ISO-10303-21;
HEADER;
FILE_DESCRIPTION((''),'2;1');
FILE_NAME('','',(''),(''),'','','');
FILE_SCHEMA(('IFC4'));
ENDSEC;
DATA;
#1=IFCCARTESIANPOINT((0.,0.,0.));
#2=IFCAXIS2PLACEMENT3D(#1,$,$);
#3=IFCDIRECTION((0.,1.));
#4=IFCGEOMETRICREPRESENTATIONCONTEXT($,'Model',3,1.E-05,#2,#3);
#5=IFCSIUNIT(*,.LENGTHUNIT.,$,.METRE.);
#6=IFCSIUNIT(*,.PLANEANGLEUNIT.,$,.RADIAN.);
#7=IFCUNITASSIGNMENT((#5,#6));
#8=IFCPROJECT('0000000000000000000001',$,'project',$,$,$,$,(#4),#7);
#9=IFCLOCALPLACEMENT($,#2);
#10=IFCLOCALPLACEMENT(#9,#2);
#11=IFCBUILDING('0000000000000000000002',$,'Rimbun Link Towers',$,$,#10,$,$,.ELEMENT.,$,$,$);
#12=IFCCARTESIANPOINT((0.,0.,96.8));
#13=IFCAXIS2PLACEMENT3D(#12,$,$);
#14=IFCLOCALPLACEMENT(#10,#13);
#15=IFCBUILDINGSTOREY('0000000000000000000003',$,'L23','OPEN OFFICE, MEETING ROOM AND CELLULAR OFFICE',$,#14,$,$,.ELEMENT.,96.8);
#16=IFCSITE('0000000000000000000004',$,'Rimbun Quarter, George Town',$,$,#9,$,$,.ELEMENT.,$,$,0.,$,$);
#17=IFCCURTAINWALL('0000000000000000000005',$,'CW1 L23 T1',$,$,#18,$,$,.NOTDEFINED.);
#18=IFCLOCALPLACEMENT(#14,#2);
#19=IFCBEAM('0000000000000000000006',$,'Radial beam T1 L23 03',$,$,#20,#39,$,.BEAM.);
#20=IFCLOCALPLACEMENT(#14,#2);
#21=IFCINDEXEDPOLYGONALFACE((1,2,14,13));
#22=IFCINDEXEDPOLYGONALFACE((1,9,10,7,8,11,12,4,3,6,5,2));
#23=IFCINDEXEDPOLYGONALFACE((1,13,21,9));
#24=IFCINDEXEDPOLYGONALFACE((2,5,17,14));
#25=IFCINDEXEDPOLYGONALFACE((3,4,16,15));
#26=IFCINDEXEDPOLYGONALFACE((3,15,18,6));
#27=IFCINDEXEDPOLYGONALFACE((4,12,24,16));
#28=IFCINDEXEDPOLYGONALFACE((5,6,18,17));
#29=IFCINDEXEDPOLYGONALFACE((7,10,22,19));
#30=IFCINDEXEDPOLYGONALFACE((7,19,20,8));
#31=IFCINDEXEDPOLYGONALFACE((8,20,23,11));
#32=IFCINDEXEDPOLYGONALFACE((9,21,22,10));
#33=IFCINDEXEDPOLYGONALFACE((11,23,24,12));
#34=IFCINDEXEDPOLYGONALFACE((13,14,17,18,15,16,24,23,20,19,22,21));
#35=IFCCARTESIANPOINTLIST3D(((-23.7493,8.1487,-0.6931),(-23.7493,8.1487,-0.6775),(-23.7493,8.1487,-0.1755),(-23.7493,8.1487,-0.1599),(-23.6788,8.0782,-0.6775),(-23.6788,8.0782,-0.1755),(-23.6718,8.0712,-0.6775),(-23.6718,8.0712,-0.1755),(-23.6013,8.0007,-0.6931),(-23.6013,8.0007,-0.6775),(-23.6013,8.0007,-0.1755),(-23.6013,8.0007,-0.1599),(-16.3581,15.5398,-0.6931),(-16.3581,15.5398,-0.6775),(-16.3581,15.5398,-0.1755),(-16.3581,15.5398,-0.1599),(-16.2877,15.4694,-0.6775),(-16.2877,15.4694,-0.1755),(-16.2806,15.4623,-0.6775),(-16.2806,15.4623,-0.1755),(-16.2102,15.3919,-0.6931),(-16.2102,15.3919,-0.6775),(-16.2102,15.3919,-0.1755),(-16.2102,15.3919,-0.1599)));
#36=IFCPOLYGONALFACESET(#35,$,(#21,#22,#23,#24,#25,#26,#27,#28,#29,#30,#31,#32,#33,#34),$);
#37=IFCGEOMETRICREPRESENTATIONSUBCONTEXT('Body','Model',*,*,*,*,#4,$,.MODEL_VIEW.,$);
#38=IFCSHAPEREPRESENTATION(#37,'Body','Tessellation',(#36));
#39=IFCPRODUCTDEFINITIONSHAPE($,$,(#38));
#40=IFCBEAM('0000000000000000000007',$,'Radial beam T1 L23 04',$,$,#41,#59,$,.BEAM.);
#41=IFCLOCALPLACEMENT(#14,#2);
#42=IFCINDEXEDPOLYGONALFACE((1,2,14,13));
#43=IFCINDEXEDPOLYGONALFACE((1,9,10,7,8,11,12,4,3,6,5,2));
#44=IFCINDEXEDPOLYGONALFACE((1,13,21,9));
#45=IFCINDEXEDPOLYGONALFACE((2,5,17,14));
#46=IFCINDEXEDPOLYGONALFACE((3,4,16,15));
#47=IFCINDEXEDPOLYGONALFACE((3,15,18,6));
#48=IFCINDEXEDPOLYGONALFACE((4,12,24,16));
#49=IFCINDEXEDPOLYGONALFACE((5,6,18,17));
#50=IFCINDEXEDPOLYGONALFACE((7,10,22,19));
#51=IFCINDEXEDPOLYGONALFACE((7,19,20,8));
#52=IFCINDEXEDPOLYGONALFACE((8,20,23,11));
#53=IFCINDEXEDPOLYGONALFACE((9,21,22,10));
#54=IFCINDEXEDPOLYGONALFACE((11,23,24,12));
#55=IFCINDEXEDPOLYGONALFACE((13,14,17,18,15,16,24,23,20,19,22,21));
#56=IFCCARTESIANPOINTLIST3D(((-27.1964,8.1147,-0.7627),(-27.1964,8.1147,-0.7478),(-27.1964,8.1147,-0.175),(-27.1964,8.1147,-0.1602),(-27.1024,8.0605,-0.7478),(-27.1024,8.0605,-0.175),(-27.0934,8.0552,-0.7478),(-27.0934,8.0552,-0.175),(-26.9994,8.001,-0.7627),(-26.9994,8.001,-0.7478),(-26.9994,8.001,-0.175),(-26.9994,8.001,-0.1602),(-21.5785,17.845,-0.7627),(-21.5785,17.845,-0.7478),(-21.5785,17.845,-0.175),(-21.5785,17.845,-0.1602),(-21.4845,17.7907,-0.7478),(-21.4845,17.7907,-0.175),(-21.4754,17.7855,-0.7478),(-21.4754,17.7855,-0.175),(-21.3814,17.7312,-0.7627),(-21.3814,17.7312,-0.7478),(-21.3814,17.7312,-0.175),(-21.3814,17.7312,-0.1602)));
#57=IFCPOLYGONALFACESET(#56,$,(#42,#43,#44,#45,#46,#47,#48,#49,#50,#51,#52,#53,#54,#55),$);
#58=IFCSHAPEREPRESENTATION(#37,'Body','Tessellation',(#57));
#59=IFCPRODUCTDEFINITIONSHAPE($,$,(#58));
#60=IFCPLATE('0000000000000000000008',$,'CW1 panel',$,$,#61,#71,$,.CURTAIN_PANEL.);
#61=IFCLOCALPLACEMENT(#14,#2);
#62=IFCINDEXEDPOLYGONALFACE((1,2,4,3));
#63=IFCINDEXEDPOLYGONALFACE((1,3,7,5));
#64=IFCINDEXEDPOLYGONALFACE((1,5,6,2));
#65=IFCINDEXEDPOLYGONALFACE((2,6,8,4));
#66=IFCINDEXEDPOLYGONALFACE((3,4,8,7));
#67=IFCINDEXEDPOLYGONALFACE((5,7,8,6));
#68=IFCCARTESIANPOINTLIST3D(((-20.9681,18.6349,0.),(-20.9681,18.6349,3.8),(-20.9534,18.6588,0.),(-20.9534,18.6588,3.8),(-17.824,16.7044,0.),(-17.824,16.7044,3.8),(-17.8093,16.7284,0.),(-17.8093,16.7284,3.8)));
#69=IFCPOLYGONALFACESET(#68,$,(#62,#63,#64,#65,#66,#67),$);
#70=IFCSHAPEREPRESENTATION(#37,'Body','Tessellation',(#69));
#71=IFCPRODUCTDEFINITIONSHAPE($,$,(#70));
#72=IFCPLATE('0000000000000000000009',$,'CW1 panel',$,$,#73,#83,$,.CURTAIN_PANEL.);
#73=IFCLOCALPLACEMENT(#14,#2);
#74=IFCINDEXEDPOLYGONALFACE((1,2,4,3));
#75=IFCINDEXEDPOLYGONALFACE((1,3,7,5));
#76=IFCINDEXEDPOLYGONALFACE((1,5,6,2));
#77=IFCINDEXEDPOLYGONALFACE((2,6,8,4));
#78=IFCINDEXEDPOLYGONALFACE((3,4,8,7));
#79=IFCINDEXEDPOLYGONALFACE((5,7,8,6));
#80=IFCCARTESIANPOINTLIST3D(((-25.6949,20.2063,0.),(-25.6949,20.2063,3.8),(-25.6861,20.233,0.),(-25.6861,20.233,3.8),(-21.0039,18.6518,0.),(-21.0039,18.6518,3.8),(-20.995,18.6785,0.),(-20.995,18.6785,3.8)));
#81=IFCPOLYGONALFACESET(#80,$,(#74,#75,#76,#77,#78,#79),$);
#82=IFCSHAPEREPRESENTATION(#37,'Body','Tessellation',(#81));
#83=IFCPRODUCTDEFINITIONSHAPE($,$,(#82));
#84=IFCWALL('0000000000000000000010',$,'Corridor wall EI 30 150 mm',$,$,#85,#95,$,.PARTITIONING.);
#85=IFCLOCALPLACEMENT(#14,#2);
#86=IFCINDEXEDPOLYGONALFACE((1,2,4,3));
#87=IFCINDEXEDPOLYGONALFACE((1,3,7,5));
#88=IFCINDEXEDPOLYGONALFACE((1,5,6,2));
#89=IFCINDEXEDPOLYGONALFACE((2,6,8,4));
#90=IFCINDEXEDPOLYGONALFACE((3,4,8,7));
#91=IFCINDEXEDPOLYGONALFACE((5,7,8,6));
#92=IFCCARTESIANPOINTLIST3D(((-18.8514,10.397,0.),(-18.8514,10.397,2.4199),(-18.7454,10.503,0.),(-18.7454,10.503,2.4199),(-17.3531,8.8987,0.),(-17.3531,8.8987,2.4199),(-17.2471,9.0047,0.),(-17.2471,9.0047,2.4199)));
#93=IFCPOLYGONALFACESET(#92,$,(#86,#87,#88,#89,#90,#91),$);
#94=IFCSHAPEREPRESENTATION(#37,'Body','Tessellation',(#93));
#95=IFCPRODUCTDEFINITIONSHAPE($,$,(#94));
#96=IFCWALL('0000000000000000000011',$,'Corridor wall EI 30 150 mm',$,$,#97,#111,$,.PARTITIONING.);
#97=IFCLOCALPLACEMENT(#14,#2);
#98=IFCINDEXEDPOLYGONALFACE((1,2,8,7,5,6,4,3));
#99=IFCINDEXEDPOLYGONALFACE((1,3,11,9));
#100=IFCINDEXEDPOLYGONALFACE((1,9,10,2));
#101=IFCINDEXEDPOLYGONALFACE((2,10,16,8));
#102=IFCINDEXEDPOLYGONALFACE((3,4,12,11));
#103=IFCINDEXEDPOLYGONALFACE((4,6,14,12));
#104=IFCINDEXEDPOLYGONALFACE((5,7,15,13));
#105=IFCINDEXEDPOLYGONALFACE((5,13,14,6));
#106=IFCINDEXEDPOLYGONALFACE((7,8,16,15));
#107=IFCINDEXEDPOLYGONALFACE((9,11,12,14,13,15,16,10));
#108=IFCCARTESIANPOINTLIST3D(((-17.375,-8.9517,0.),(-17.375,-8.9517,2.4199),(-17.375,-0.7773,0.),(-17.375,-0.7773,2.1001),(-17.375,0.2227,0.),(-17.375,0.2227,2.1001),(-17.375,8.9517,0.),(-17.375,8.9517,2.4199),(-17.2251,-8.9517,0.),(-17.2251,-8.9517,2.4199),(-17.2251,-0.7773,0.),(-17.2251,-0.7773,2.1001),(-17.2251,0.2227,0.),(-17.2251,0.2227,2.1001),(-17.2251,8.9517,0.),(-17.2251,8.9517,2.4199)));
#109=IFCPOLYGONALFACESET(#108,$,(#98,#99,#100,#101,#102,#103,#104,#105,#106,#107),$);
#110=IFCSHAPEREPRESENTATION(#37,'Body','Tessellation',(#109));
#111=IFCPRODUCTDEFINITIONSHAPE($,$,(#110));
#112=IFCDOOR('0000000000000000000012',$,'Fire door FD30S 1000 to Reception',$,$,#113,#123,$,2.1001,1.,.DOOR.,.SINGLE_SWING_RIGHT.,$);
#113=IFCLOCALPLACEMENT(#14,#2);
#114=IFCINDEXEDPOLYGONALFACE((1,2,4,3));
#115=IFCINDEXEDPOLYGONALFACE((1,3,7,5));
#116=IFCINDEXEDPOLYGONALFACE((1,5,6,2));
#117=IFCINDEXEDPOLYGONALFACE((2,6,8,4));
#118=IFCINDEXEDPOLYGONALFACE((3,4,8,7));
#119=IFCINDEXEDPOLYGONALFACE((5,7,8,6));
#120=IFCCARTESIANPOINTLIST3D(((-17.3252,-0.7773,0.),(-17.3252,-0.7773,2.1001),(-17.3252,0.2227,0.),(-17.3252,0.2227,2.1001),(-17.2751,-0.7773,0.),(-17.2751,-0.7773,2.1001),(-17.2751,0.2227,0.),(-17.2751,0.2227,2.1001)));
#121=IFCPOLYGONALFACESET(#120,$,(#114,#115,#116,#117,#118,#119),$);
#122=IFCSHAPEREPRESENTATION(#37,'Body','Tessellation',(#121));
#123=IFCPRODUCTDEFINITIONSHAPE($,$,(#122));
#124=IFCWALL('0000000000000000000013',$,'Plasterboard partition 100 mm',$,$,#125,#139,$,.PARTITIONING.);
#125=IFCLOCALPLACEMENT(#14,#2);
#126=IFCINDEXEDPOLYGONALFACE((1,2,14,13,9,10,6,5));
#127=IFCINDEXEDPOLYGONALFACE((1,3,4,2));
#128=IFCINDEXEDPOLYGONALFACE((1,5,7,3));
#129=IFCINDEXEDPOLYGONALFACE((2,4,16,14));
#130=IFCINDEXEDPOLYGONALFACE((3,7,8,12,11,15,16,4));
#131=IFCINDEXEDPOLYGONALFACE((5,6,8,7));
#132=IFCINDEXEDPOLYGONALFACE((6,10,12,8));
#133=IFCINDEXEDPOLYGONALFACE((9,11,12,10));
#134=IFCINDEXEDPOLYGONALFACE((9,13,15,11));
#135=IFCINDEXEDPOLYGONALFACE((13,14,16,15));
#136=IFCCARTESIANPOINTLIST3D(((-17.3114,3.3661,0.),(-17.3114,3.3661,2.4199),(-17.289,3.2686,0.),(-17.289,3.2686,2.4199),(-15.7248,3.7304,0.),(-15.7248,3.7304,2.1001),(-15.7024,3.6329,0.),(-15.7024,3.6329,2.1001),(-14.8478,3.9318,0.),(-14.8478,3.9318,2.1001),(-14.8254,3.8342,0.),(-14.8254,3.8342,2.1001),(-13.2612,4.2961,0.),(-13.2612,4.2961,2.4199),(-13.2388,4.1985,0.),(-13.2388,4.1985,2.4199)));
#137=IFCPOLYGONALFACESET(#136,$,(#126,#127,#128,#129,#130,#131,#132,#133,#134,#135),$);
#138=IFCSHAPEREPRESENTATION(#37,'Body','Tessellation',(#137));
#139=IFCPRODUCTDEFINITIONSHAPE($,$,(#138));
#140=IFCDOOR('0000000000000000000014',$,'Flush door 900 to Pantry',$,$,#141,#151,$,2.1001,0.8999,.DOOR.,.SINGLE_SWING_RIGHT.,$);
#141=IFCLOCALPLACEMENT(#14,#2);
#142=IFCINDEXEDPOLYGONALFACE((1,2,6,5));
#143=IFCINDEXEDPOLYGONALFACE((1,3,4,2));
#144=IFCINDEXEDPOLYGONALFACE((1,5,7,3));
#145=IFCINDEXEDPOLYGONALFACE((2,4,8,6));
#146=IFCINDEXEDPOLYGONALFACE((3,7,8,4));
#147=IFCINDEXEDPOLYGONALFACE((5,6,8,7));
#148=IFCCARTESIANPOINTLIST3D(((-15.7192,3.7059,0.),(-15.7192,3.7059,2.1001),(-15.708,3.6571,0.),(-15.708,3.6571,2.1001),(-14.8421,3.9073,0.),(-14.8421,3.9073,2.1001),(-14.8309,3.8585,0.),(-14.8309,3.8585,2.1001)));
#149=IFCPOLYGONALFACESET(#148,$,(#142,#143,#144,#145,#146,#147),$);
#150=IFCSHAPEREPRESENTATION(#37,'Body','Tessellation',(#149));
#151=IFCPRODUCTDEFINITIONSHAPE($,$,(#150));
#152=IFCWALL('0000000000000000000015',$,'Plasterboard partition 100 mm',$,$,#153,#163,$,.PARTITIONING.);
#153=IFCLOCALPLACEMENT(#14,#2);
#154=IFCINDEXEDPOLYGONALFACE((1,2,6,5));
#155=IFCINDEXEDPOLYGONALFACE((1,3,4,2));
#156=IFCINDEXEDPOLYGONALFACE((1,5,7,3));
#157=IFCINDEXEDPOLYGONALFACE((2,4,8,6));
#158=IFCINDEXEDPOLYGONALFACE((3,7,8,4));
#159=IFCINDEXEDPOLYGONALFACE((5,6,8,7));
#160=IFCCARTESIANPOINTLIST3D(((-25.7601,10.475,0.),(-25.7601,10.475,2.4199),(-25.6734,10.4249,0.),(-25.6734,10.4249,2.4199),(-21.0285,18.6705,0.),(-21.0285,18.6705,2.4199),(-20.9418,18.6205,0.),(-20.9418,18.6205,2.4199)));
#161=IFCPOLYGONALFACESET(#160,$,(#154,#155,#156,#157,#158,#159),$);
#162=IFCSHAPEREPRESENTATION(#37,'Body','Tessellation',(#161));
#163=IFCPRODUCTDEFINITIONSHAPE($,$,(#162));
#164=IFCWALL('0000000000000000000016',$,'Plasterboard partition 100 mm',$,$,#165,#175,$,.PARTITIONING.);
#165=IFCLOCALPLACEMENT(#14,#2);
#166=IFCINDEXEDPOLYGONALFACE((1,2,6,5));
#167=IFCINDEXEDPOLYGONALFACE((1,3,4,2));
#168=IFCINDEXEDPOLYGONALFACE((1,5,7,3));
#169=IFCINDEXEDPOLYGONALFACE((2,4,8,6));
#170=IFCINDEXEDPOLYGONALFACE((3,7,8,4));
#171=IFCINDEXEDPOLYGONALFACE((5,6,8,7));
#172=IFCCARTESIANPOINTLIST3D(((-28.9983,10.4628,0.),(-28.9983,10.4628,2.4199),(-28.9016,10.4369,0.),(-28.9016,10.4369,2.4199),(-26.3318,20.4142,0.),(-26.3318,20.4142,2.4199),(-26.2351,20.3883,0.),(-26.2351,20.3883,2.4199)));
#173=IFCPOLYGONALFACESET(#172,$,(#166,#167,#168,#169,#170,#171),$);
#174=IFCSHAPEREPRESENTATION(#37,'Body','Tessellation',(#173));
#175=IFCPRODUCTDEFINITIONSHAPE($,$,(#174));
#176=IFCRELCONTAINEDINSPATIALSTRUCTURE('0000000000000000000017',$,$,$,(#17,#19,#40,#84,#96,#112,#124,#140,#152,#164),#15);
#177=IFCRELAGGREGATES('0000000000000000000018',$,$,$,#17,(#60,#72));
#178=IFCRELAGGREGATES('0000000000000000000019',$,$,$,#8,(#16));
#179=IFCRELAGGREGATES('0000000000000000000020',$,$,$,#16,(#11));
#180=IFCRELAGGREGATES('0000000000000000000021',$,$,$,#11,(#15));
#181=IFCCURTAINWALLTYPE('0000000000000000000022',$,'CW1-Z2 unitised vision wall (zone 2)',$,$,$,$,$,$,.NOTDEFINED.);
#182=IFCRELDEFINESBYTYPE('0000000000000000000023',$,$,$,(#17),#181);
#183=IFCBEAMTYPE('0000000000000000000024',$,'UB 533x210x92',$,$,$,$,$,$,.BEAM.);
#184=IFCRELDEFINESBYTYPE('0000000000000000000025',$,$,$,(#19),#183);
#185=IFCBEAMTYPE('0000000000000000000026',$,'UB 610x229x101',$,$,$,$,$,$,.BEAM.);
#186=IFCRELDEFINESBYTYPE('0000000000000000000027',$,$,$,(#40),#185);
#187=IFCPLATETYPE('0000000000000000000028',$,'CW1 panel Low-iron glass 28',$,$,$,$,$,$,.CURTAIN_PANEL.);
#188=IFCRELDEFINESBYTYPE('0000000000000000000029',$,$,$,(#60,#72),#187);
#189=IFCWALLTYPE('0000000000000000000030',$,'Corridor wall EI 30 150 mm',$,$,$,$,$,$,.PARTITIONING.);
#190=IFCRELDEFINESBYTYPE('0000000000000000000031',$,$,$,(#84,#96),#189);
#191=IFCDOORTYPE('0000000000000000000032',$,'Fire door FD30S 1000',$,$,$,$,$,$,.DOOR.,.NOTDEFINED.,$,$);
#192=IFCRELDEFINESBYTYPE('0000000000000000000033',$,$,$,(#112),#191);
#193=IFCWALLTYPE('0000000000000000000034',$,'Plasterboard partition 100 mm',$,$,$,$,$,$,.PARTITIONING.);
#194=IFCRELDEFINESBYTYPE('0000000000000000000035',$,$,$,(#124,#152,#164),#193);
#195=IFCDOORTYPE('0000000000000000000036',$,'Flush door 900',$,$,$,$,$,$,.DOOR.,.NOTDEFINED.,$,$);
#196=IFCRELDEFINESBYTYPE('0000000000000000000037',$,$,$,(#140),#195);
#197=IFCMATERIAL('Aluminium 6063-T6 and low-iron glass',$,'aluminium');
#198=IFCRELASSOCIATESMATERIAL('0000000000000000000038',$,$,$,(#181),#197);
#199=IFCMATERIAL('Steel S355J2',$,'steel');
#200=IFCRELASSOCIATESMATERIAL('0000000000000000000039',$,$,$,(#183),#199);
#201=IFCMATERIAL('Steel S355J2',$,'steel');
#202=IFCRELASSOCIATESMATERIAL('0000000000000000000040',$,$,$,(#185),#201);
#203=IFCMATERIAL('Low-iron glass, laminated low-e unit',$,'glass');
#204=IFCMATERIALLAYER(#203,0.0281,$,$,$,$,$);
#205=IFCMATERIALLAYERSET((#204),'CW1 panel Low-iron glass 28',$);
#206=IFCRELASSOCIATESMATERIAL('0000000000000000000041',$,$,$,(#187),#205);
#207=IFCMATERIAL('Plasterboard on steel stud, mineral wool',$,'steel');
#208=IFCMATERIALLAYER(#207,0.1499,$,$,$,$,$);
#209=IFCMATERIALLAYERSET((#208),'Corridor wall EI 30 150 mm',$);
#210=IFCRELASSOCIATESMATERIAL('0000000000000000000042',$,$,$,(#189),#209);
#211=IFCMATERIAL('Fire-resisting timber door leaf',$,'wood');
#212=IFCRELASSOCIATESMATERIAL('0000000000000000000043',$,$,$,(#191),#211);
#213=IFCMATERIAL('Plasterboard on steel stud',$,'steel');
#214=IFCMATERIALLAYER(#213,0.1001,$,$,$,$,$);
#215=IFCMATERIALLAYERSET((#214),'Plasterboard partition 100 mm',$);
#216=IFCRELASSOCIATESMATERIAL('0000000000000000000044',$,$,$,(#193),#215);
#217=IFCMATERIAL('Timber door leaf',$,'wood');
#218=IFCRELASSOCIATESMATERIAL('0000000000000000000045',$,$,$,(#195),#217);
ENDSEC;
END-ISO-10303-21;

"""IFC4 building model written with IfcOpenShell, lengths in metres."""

from ifc_helpers import new_model, si_unit, direction, frame, frame_2d, origin, origin_2d, place, context, subcontext, project, spatial, rectangle, i_section, extrude, material, layer, layer_set, material_profile, profile_set, type_object, element, fill, aggregate, save


model = new_model("IFC4")

# Units and contexts
model_context = context("Model", 3, precision=1e-05, world=origin(), true_north=direction((0.0, 1.0)))
body_context = subcontext(model_context, "Body", "Model", "MODEL_VIEW")
ifc_project = project(units=[si_unit("LENGTHUNIT", "METRE"), si_unit("PLANEANGLEUNIT", "RADIAN")], contexts=[model_context])

# Site, building, storey
site_placement = place(None, origin())
site = spatial("IfcSite", under=ifc_project, at=site_placement, Name="Rimbun Quarter, George Town", CompositionType="ELEMENT", RefElevation=0.0)
building_placement = place(site_placement, origin())
building = spatial("IfcBuilding", under=site, at=building_placement, Name="Rimbun Link Towers", CompositionType="ELEMENT")
storey_placement = place(building_placement, frame((0.0, 0.0, 96.8)))
storey = spatial("IfcBuildingStorey", under=building, at=storey_placement, Name="L23", Description="OPEN OFFICE, MEETING ROOM AND CELLULAR OFFICE", CompositionType="ELEMENT", Elevation=96.8)

# Curtain wall
ifc_material_1 = material(Name="Aluminium 6063-T6 and low-iron glass", Category="aluminium")
curtain_wall_type = type_object("IfcCurtainWallType", Name="CW1-Z2 unitised vision wall (zone 2)", PredefinedType="NOTDEFINED", material=ifc_material_1)
curtain_wall_placement = place(storey_placement, origin())
curtain_wall = element("IfcCurtainWall", 1, at=curtain_wall_placement, inside=storey, type_object=curtain_wall_type, Name="CW1 L23 T1", PredefinedType="NOTDEFINED")

# Beams
ifc_material_2 = material(Name="Steel S355J2", Category="steel")
ifc_material_profile_1 = material_profile(ifc_material_2, i_section(OverallWidth=0.2092, OverallDepth=0.5332, WebThickness=0.01, FlangeThickness=0.0156, at=origin_2d()), Name="UB 533x210x92")
ifc_profile_set_1 = profile_set([ifc_material_profile_1], Name="Steel S355J2")
beam_type_1 = type_object("IfcBeamType", Name="UB 533x210x92", PredefinedType="BEAM", material=ifc_profile_set_1)
beam_1_placement = place(storey_placement, frame((-23.6753, 8.0747, -0.4265), z_axis=(0.707107, 0.707107, 0.0), x_axis=(-0.707107, 0.707107, 0.0)))
element("IfcBeam", 2, at=beam_1_placement, inside=storey, type_object=beam_type_1, Name="Radial beam T1 L23 03", PredefinedType="BEAM", context=body_context, shape_type="SweptSolid", body=[
    extrude(i_section(OverallWidth=0.2092, OverallDepth=0.5332, WebThickness=0.01, FlangeThickness=0.0156, at=origin_2d()), origin(), (0.0, 0.0, 1.0), 10.4526),
])
ifc_material_3 = material(Name="Steel S355J2", Category="steel")
ifc_material_profile_2 = material_profile(ifc_material_3, i_section(OverallWidth=0.2275, OverallDepth=0.6025, WebThickness=0.0105, FlangeThickness=0.0149, at=origin_2d()), Name="UB 610x229x101")
ifc_profile_set_2 = profile_set([ifc_material_profile_2], Name="Steel S355J2")
beam_type_2 = type_object("IfcBeamType", Name="UB 610x229x101", PredefinedType="BEAM", material=ifc_profile_set_2)
beam_2_placement = place(storey_placement, frame((-27.0979, 8.0579, -0.4614), z_axis=(0.500011, 0.866019, 0.0), x_axis=(-0.866019, 0.500011, 0.0)))
element("IfcBeam", 3, at=beam_2_placement, inside=storey, type_object=beam_type_2, Name="Radial beam T1 L23 04", PredefinedType="BEAM", context=body_context, shape_type="SweptSolid", body=[
    extrude(i_section(OverallWidth=0.2275, OverallDepth=0.6025, WebThickness=0.0105, FlangeThickness=0.0149, at=origin_2d()), origin(), (0.0, 0.0, 1.0), 11.2356),
])

# Plates
ifc_material_4 = material(Name="Low-iron glass, laminated low-e unit", Category="glass")
ifc_layer_1 = layer(ifc_material_4, 0.0281)
ifc_layer_set_1 = layer_set([ifc_layer_1], Name="CW1 panel Low-iron glass 28")
plate_type = type_object("IfcPlateType", Name="CW1 panel Low-iron glass 28", PredefinedType="CURTAIN_PANEL", material=ifc_layer_set_1)
plate_1_placement = place(storey_placement, frame((-19.3887, 17.6816, 0.0), z_axis=(0.0, 0.0, 1.0), x_axis=(0.852186, -0.523239, 0.0)))
plate_1 = element("IfcPlate", 4, at=plate_1_placement, type_object=plate_type, Name="CW1 panel", PredefinedType="CURTAIN_PANEL", context=body_context, shape_type="SweptSolid", body=[
    extrude(rectangle(XDim=3.6895, YDim=0.0281, at=origin_2d()), origin(), (0.0, 0.0, 1.0), 3.8),
])
plate_2_placement = place(storey_placement, frame((-23.345, 19.4424, 0.0), z_axis=(0.0, 0.0, 1.0), x_axis=(0.949239, -0.314556, 0.0)))
plate_2 = element("IfcPlate", 5, at=plate_2_placement, type_object=plate_type, Name="CW1 panel", PredefinedType="CURTAIN_PANEL", context=body_context, shape_type="SweptSolid", body=[
    extrude(rectangle(XDim=4.9419, YDim=0.0281, at=origin_2d()), origin(), (0.0, 0.0, 1.0), 3.8),
])
aggregate(curtain_wall, [plate_1, plate_2])

# Wall
ifc_material_5 = material(Name="Plasterboard on steel stud, mineral wool", Category="steel")
ifc_layer_2 = layer(ifc_material_5, 0.1499)
ifc_layer_set_2 = layer_set([ifc_layer_2], Name="Corridor wall EI 30 150 mm")
wall_type_1 = type_object("IfcWallType", Name="Corridor wall EI 30 150 mm", PredefinedType="PARTITIONING", material=ifc_layer_set_2)
wall_1_placement = place(storey_placement, frame((-17.3, 8.9517, 0.0), z_axis=(0.0, 0.0, 1.0), x_axis=(-0.707107, 0.707107, 0.0)))
element("IfcWall", 6, at=wall_1_placement, inside=storey, type_object=wall_type_1, Name="Corridor wall EI 30 150 mm", PredefinedType="PARTITIONING", context=body_context, shape_type="SweptSolid", body=[
    extrude(rectangle(XDim=2.1189, YDim=0.1499, at=frame_2d((1.0596, 0.0))), origin(), (0.0, 0.0, 1.0), 2.4199),
])

# Walls, openings, doors
wall_2_placement = place(storey_placement, frame((-17.3, 8.9517, 0.0), z_axis=(0.0, 0.0, 1.0), x_axis=(0.0, -1.0, 0.0)))
wall_2 = element("IfcWall", 7, at=wall_2_placement, inside=storey, type_object=wall_type_1, Name="Corridor wall EI 30 150 mm", PredefinedType="PARTITIONING", context=body_context, shape_type="SweptSolid", body=[
    extrude(rectangle(XDim=17.9033, YDim=0.1499, at=frame_2d((8.9517, 0.0))), origin(), (0.0, 0.0, 1.0), 2.4199),
])
opening_1_placement = place(wall_2_placement, frame((8.729, 0.0, 0.0)))
opening_1 = element("IfcOpeningElement", 8, at=opening_1_placement, cuts=wall_2, PredefinedType="OPENING", context=body_context, shape_type="SweptSolid", body=[
    extrude(rectangle(XDim=1.0, YDim=2.1001, at=frame_2d((0.5, 1.05))), frame((0.0, 0.085, 0.0), z_axis=(0.0, -1.0, 0.0), x_axis=(1.0, 0.0, 0.0)), (0.0, 0.0, 1.0), 0.1699),
])
ifc_material_6 = material(Name="Fire-resisting timber door leaf", Category="wood")
door_type_1 = type_object("IfcDoorType", Name="Fire door FD30S 1000", OperationType="NOTDEFINED", PredefinedType="DOOR", material=ifc_material_6)
door_1_placement = place(opening_1_placement, origin())
door_1 = element("IfcDoor", 9, at=door_1_placement, inside=storey, type_object=door_type_1, Name="Fire door FD30S 1000 to Reception", OperationType="SINGLE_SWING_RIGHT", OverallHeight=2.1001, OverallWidth=1.0, PredefinedType="DOOR", context=body_context, shape_type="SweptSolid", body=[
    extrude(rectangle(XDim=1.0, YDim=2.1001, at=frame_2d((0.5, 1.05))), frame((0.0, 0.0249, 0.0), z_axis=(0.0, -1.0, 0.0), x_axis=(1.0, 0.0, 0.0)), (0.0, 0.0, 1.0), 0.05),
])
fill(opening_1, door_1)
ifc_material_7 = material(Name="Plasterboard on steel stud", Category="steel")
ifc_layer_3 = layer(ifc_material_7, 0.1001)
ifc_layer_set_3 = layer_set([ifc_layer_3], Name="Plasterboard partition 100 mm")
wall_type_2 = type_object("IfcWallType", Name="Plasterboard partition 100 mm", PredefinedType="PARTITIONING", material=ifc_layer_set_3)
wall_3_placement = place(storey_placement, frame((-17.3, 3.3174, 0.0), z_axis=(0.0, 0.0, 1.0), x_axis=(0.974638, 0.223787, 0.0)))
wall_3 = element("IfcWall", 10, at=wall_3_placement, inside=storey, type_object=wall_type_2, Name="Plasterboard partition 100 mm", PredefinedType="PARTITIONING", context=body_context, shape_type="SweptSolid", body=[
    extrude(rectangle(XDim=4.1555, YDim=0.1001, at=frame_2d((2.0776, 0.0))), origin(), (0.0, 0.0, 1.0), 2.4199),
])
opening_2_placement = place(wall_3_placement, frame((1.6277, 0.0, 0.0)))
opening_2 = element("IfcOpeningElement", 11, at=opening_2_placement, cuts=wall_3, PredefinedType="OPENING", context=body_context, shape_type="SweptSolid", body=[
    extrude(rectangle(XDim=0.8999, YDim=2.1001, at=frame_2d((0.45, 1.05))), frame((0.0, 0.0601, 0.0), z_axis=(0.0, -1.0, 0.0), x_axis=(1.0, 0.0, 0.0)), (0.0, 0.0, 1.0), 0.1201),
])
ifc_material_8 = material(Name="Timber door leaf", Category="wood")
door_type_2 = type_object("IfcDoorType", Name="Flush door 900", OperationType="NOTDEFINED", PredefinedType="DOOR", material=ifc_material_8)
door_2_placement = place(opening_2_placement, origin())
door_2 = element("IfcDoor", 12, at=door_2_placement, inside=storey, type_object=door_type_2, Name="Flush door 900 to Pantry", OperationType="SINGLE_SWING_RIGHT", OverallHeight=2.1001, OverallWidth=0.8999, PredefinedType="DOOR", context=body_context, shape_type="SweptSolid", body=[
    extrude(rectangle(XDim=0.8999, YDim=2.1001, at=frame_2d((0.45, 1.05))), frame((0.0, 0.0249, 0.0), z_axis=(0.0, -1.0, 0.0), x_axis=(1.0, 0.0, 0.0)), (0.0, 0.0, 1.0), 0.05),
])
fill(opening_2, door_2)

# Walls
wall_4_placement = place(storey_placement, frame((-20.9851, 18.6455, 0.0), z_axis=(0.0, 0.0, 1.0), x_axis=(-0.499999, -0.866026, 0.0)))
element("IfcWall", 13, at=wall_4_placement, inside=storey, type_object=wall_type_2, Name="Plasterboard partition 100 mm", PredefinedType="PARTITIONING", context=body_context, shape_type="SweptSolid", body=[
    extrude(rectangle(XDim=9.4634, YDim=0.1001, at=frame_2d((4.7317, 0.0))), origin(), (0.0, 0.0, 1.0), 2.4199),
])
wall_5_placement = place(storey_placement, frame((-26.2834, 20.4014, 0.0), z_axis=(0.0, 0.0, 1.0), x_axis=(-0.258822, -0.965925, 0.0)))
element("IfcWall", 14, at=wall_5_placement, inside=storey, type_object=wall_type_2, Name="Plasterboard partition 100 mm", PredefinedType="PARTITIONING", context=body_context, shape_type="SweptSolid", body=[
    extrude(rectangle(XDim=10.3025, YDim=0.1001, at=frame_2d((5.1514, 0.0))), origin(), (0.0, 0.0, 1.0), 2.4199),
])

save(model, "model.ifc")
